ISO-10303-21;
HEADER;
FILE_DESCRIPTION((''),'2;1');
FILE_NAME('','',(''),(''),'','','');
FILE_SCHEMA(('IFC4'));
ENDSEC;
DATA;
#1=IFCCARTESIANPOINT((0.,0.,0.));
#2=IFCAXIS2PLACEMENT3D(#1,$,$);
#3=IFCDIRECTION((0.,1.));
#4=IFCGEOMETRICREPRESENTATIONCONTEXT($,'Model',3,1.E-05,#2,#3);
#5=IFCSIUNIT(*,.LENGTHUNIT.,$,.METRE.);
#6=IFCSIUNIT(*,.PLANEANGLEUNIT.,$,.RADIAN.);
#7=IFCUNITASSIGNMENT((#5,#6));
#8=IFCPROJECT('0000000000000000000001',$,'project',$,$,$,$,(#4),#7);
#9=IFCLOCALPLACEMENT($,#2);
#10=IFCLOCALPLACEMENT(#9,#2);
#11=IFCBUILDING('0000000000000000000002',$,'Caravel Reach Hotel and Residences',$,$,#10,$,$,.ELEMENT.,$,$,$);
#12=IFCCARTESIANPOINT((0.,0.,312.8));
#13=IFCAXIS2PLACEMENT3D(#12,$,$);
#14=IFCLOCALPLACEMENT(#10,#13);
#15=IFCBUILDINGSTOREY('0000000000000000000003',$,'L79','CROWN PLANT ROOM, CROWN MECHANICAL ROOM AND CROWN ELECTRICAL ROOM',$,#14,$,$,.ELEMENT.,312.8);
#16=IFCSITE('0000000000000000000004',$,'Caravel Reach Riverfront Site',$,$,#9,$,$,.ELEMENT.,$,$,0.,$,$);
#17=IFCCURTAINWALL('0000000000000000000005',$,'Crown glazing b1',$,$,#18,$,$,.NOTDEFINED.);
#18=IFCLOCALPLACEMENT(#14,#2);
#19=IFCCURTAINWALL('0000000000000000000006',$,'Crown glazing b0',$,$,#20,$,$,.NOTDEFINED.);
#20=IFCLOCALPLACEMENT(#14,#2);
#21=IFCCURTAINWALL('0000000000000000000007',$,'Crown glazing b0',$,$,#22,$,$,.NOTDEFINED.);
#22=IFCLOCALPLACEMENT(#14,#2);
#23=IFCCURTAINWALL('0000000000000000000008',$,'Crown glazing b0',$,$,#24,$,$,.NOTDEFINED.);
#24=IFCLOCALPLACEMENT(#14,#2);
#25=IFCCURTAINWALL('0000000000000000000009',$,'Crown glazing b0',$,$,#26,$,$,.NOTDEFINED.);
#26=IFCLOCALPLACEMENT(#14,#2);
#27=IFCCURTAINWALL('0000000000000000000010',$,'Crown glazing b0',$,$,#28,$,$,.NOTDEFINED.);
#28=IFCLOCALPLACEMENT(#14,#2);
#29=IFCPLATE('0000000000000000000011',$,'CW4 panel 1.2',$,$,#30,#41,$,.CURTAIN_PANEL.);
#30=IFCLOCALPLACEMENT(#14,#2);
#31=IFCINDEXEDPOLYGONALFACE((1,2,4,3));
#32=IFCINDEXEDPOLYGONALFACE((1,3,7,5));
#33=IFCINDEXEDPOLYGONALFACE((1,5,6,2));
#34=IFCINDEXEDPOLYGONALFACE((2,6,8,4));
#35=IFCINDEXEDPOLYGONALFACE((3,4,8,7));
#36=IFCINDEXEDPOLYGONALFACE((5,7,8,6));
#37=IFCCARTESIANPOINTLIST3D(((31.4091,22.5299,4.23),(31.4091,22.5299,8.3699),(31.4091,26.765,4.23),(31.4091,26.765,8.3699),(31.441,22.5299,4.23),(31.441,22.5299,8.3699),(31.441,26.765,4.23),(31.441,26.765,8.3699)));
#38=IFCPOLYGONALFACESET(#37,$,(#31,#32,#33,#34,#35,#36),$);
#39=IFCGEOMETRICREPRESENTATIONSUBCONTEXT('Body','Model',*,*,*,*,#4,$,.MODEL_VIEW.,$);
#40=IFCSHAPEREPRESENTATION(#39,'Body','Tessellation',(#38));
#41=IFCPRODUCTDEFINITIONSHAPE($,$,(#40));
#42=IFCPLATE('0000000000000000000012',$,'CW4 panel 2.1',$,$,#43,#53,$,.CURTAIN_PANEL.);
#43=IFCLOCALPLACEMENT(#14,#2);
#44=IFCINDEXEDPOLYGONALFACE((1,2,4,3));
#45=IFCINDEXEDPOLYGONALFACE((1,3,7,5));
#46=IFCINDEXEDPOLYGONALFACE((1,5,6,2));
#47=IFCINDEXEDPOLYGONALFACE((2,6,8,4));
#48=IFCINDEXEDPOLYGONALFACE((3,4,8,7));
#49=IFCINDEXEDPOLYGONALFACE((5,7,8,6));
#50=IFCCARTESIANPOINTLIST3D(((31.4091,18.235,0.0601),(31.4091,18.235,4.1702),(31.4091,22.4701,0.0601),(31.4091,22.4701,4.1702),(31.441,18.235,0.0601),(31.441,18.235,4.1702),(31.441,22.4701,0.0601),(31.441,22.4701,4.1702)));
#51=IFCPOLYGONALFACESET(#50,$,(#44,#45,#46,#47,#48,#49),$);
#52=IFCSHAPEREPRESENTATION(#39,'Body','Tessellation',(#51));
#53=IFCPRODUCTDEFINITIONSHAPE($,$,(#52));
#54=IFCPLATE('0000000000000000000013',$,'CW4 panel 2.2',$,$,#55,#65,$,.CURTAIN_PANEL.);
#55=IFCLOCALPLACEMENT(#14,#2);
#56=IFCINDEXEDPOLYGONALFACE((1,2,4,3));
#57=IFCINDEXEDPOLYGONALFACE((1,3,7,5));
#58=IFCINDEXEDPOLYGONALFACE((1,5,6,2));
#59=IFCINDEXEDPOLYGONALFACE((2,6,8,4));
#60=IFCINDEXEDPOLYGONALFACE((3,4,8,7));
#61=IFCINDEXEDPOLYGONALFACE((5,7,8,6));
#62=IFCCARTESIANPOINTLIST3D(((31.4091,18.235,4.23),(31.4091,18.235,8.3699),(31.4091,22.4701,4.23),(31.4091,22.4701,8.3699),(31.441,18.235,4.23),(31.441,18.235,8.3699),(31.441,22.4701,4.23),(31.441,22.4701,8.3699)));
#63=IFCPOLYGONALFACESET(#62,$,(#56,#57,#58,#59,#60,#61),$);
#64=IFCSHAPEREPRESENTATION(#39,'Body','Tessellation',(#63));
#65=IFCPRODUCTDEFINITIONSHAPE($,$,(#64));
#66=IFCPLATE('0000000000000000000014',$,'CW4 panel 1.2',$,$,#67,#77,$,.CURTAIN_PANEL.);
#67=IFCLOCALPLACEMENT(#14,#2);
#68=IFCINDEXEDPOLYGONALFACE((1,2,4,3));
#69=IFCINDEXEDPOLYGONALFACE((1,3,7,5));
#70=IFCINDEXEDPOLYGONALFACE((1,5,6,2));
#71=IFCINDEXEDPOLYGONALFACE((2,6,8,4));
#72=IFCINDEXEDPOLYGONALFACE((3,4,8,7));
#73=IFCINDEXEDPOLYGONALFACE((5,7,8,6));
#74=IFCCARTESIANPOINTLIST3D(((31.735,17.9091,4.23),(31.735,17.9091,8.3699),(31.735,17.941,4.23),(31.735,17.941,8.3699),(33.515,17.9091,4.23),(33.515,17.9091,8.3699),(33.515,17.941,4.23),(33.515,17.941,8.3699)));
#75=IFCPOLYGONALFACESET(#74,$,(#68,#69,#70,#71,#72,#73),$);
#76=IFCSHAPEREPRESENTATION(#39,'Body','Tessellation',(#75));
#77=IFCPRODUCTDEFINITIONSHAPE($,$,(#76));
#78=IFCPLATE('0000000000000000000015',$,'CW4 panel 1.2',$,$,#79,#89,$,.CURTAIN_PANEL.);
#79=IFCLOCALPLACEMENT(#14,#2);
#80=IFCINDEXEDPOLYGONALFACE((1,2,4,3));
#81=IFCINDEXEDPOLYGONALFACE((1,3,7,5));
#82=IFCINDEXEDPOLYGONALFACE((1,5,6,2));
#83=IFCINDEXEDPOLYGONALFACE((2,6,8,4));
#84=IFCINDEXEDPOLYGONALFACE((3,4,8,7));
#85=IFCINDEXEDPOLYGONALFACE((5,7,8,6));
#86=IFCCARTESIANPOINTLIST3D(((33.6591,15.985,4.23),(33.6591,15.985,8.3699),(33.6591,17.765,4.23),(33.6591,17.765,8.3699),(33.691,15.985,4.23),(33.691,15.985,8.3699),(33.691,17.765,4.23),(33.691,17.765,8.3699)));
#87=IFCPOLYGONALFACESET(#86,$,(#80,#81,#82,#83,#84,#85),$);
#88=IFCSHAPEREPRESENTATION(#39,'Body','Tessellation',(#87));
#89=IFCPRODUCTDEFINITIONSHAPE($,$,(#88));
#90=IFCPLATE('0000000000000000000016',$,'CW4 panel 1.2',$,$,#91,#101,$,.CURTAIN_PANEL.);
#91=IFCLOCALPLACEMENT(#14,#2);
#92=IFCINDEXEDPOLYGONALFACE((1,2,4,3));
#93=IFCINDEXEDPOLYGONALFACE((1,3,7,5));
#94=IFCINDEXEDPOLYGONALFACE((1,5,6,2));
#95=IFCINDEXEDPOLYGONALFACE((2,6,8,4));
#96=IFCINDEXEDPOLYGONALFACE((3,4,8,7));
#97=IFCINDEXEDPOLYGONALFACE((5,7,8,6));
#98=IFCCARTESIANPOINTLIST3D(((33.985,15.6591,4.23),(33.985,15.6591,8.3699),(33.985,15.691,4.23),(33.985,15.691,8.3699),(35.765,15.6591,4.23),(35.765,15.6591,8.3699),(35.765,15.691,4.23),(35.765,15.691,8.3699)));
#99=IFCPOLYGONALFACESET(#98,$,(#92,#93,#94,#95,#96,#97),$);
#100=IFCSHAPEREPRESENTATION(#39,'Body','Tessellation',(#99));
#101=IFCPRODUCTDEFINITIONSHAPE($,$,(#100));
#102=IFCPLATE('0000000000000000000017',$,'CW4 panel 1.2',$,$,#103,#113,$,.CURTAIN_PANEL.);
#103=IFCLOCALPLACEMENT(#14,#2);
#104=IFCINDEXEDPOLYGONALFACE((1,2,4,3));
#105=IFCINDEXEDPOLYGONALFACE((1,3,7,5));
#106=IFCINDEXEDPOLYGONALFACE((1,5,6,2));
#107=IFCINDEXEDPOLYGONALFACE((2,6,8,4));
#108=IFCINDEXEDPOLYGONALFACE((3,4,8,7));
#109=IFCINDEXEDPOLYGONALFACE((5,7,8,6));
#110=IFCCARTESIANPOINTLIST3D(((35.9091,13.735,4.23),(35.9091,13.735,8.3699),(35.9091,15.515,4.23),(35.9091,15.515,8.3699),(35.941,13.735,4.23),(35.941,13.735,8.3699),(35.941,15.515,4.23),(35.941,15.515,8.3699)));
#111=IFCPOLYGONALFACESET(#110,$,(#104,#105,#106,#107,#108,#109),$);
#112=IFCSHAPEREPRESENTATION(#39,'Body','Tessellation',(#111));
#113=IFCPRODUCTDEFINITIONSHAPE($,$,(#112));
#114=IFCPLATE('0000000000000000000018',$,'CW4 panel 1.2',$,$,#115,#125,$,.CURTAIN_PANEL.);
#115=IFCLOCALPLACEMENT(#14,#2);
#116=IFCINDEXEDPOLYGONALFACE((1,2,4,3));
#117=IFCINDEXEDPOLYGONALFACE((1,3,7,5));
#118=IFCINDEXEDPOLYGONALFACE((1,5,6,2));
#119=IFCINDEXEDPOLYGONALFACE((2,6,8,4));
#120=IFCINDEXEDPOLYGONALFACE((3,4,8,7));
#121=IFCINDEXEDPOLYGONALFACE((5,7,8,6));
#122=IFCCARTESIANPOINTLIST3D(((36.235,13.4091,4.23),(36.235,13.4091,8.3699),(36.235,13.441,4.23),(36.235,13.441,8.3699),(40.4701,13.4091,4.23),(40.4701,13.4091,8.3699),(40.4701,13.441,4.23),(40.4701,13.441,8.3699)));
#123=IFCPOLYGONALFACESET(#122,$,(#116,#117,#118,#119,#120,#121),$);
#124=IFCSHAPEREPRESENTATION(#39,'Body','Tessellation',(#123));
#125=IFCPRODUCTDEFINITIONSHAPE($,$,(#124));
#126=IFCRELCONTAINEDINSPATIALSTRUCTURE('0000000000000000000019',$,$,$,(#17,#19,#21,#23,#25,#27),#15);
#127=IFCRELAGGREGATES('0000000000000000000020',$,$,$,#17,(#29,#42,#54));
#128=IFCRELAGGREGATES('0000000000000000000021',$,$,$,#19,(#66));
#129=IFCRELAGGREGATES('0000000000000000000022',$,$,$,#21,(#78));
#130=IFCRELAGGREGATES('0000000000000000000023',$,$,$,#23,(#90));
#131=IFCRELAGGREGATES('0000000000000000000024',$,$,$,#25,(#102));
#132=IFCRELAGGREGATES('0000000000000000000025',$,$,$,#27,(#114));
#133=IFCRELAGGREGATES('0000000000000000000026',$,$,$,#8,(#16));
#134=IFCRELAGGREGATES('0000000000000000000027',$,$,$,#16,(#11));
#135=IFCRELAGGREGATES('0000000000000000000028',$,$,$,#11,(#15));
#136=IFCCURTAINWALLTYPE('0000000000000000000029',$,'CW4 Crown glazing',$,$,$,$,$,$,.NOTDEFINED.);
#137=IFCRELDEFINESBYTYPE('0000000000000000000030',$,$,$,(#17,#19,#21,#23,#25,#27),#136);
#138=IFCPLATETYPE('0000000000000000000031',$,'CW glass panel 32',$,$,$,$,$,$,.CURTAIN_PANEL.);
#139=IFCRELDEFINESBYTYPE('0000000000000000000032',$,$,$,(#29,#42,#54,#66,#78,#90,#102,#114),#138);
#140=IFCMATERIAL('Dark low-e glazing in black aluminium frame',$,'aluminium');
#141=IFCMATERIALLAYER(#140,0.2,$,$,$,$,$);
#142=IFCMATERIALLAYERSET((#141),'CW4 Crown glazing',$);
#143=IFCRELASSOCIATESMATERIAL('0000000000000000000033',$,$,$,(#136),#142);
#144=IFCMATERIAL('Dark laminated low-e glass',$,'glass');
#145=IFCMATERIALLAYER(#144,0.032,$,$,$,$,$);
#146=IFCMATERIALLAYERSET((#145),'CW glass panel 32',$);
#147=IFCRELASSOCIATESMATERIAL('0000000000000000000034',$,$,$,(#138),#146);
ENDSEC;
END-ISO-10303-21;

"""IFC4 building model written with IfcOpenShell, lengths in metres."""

from ifc_helpers import new_model, si_unit, direction, frame, origin, origin_2d, place, context, subcontext, project, spatial, rectangle, extrude, material, layer, layer_set, type_object, element, aggregate, save


model = new_model("IFC4")

# Units and contexts
model_context = context("Model", 3, precision=1e-05, world=origin(), true_north=direction((0.0, 1.0)))
body_context = subcontext(model_context, "Body", "Model", "MODEL_VIEW")
ifc_project = project(units=[si_unit("LENGTHUNIT", "METRE"), si_unit("PLANEANGLEUNIT", "RADIAN")], contexts=[model_context])

# Site, building, storey
site_placement = place(None, origin())
site = spatial("IfcSite", under=ifc_project, at=site_placement, Name="Caravel Reach Riverfront Site", CompositionType="ELEMENT", RefElevation=0.0)
building_placement = place(site_placement, origin())
building = spatial("IfcBuilding", under=site, at=building_placement, Name="Caravel Reach Hotel and Residences", CompositionType="ELEMENT")
storey_placement = place(building_placement, frame((0.0, 0.0, 312.8)))
storey = spatial("IfcBuildingStorey", under=building, at=storey_placement, Name="L79", Description="CROWN PLANT ROOM, CROWN MECHANICAL ROOM AND CROWN ELECTRICAL ROOM", CompositionType="ELEMENT", Elevation=312.8)

# Curtain walls
ifc_material_1 = material(Name="Dark low-e glazing in black aluminium frame", Category="aluminium")
ifc_layer_1 = layer(ifc_material_1, 0.2)
ifc_layer_set_1 = layer_set([ifc_layer_1], Name="CW4 Crown glazing")
curtain_wall_type = type_object("IfcCurtainWallType", Name="CW4 Crown glazing", PredefinedType="NOTDEFINED", material=ifc_layer_set_1)
curtain_wall_1_placement = place(storey_placement, origin())
curtain_wall_1 = element("IfcCurtainWall", 1, at=curtain_wall_1_placement, inside=storey, type_object=curtain_wall_type, Name="Crown glazing b1", PredefinedType="NOTDEFINED")
curtain_wall_2_placement = place(storey_placement, origin())
curtain_wall_2 = element("IfcCurtainWall", 2, at=curtain_wall_2_placement, inside=storey, type_object=curtain_wall_type, Name="Crown glazing b0", PredefinedType="NOTDEFINED")
curtain_wall_3_placement = place(storey_placement, origin())
curtain_wall_3 = element("IfcCurtainWall", 3, at=curtain_wall_3_placement, inside=storey, type_object=curtain_wall_type, Name="Crown glazing b0", PredefinedType="NOTDEFINED")
curtain_wall_4_placement = place(storey_placement, origin())
curtain_wall_4 = element("IfcCurtainWall", 4, at=curtain_wall_4_placement, inside=storey, type_object=curtain_wall_type, Name="Crown glazing b0", PredefinedType="NOTDEFINED")
curtain_wall_5_placement = place(storey_placement, origin())
curtain_wall_5 = element("IfcCurtainWall", 5, at=curtain_wall_5_placement, inside=storey, type_object=curtain_wall_type, Name="Crown glazing b0", PredefinedType="NOTDEFINED")
curtain_wall_6_placement = place(storey_placement, origin())
curtain_wall_6 = element("IfcCurtainWall", 6, at=curtain_wall_6_placement, inside=storey, type_object=curtain_wall_type, Name="Crown glazing b0", PredefinedType="NOTDEFINED")

# Plates
ifc_material_2 = material(Name="Dark laminated low-e glass", Category="glass")
ifc_layer_2 = layer(ifc_material_2, 0.032)
ifc_layer_set_2 = layer_set([ifc_layer_2], Name="CW glass panel 32")
plate_type = type_object("IfcPlateType", Name="CW glass panel 32", PredefinedType="CURTAIN_PANEL", material=ifc_layer_set_2)
plate_1_placement = place(storey_placement, frame((31.425, 24.6475, 4.23), z_axis=(0.0, 0.0, 1.0), x_axis=(0.0, -1.0, 0.0)))
plate_1 = element("IfcPlate", 7, at=plate_1_placement, type_object=plate_type, Name="CW4 panel 1.2", PredefinedType="CURTAIN_PANEL", context=body_context, shape_type="SweptSolid", body=[
    extrude(rectangle(XDim=4.2351, YDim=0.032, at=origin_2d()), origin(), (0.0, 0.0, 1.0), 4.1399),
])
plate_2_placement = place(storey_placement, frame((31.425, 20.3525, 0.0601), z_axis=(0.0, 0.0, 1.0), x_axis=(0.0, -1.0, 0.0)))
plate_2 = element("IfcPlate", 8, at=plate_2_placement, type_object=plate_type, Name="CW4 panel 2.1", PredefinedType="CURTAIN_PANEL", context=body_context, shape_type="SweptSolid", body=[
    extrude(rectangle(XDim=4.2351, YDim=0.032, at=origin_2d()), origin(), (0.0, 0.0, 1.0), 4.1101),
])
plate_3_placement = place(storey_placement, frame((31.425, 20.3525, 4.23), z_axis=(0.0, 0.0, 1.0), x_axis=(0.0, -1.0, 0.0)))
plate_3 = element("IfcPlate", 9, at=plate_3_placement, type_object=plate_type, Name="CW4 panel 2.2", PredefinedType="CURTAIN_PANEL", context=body_context, shape_type="SweptSolid", body=[
    extrude(rectangle(XDim=4.2351, YDim=0.032, at=origin_2d()), origin(), (0.0, 0.0, 1.0), 4.1399),
])
aggregate(curtain_wall_1, [plate_1, plate_2, plate_3])
plate_4_placement = place(storey_placement, frame((32.625, 17.925, 4.23), z_axis=(0.0, 0.0, 1.0), x_axis=(1.0, 0.0, 0.0)))
plate_4 = element("IfcPlate", 10, at=plate_4_placement, type_object=plate_type, Name="CW4 panel 1.2", PredefinedType="CURTAIN_PANEL", context=body_context, shape_type="SweptSolid", body=[
    extrude(rectangle(XDim=1.78, YDim=0.032, at=origin_2d()), origin(), (0.0, 0.0, 1.0), 4.1399),
])
aggregate(curtain_wall_2, [plate_4])
plate_5_placement = place(storey_placement, frame((33.675, 16.875, 4.23), z_axis=(0.0, 0.0, 1.0), x_axis=(0.0, -1.0, 0.0)))
plate_5 = element("IfcPlate", 11, at=plate_5_placement, type_object=plate_type, Name="CW4 panel 1.2", PredefinedType="CURTAIN_PANEL", context=body_context, shape_type="SweptSolid", body=[
    extrude(rectangle(XDim=1.78, YDim=0.032, at=origin_2d()), origin(), (0.0, 0.0, 1.0), 4.1399),
])
aggregate(curtain_wall_3, [plate_5])
plate_6_placement = place(storey_placement, frame((34.875, 15.675, 4.23), z_axis=(0.0, 0.0, 1.0), x_axis=(1.0, 0.0, 0.0)))
plate_6 = element("IfcPlate", 12, at=plate_6_placement, type_object=plate_type, Name="CW4 panel 1.2", PredefinedType="CURTAIN_PANEL", context=body_context, shape_type="SweptSolid", body=[
    extrude(rectangle(XDim=1.78, YDim=0.032, at=origin_2d()), origin(), (0.0, 0.0, 1.0), 4.1399),
])
aggregate(curtain_wall_4, [plate_6])
plate_7_placement = place(storey_placement, frame((35.925, 14.625, 4.23), z_axis=(0.0, 0.0, 1.0), x_axis=(0.0, -1.0, 0.0)))
plate_7 = element("IfcPlate", 13, at=plate_7_placement, type_object=plate_type, Name="CW4 panel 1.2", PredefinedType="CURTAIN_PANEL", context=body_context, shape_type="SweptSolid", body=[
    extrude(rectangle(XDim=1.78, YDim=0.032, at=origin_2d()), origin(), (0.0, 0.0, 1.0), 4.1399),
])
aggregate(curtain_wall_5, [plate_7])
plate_8_placement = place(storey_placement, frame((38.3525, 13.425, 4.23), z_axis=(0.0, 0.0, 1.0), x_axis=(1.0, 0.0, 0.0)))
plate_8 = element("IfcPlate", 14, at=plate_8_placement, type_object=plate_type, Name="CW4 panel 1.2", PredefinedType="CURTAIN_PANEL", context=body_context, shape_type="SweptSolid", body=[
    extrude(rectangle(XDim=4.2351, YDim=0.032, at=origin_2d()), origin(), (0.0, 0.0, 1.0), 4.1399),
])
aggregate(curtain_wall_6, [plate_8])

save(model, "model.ifc")
